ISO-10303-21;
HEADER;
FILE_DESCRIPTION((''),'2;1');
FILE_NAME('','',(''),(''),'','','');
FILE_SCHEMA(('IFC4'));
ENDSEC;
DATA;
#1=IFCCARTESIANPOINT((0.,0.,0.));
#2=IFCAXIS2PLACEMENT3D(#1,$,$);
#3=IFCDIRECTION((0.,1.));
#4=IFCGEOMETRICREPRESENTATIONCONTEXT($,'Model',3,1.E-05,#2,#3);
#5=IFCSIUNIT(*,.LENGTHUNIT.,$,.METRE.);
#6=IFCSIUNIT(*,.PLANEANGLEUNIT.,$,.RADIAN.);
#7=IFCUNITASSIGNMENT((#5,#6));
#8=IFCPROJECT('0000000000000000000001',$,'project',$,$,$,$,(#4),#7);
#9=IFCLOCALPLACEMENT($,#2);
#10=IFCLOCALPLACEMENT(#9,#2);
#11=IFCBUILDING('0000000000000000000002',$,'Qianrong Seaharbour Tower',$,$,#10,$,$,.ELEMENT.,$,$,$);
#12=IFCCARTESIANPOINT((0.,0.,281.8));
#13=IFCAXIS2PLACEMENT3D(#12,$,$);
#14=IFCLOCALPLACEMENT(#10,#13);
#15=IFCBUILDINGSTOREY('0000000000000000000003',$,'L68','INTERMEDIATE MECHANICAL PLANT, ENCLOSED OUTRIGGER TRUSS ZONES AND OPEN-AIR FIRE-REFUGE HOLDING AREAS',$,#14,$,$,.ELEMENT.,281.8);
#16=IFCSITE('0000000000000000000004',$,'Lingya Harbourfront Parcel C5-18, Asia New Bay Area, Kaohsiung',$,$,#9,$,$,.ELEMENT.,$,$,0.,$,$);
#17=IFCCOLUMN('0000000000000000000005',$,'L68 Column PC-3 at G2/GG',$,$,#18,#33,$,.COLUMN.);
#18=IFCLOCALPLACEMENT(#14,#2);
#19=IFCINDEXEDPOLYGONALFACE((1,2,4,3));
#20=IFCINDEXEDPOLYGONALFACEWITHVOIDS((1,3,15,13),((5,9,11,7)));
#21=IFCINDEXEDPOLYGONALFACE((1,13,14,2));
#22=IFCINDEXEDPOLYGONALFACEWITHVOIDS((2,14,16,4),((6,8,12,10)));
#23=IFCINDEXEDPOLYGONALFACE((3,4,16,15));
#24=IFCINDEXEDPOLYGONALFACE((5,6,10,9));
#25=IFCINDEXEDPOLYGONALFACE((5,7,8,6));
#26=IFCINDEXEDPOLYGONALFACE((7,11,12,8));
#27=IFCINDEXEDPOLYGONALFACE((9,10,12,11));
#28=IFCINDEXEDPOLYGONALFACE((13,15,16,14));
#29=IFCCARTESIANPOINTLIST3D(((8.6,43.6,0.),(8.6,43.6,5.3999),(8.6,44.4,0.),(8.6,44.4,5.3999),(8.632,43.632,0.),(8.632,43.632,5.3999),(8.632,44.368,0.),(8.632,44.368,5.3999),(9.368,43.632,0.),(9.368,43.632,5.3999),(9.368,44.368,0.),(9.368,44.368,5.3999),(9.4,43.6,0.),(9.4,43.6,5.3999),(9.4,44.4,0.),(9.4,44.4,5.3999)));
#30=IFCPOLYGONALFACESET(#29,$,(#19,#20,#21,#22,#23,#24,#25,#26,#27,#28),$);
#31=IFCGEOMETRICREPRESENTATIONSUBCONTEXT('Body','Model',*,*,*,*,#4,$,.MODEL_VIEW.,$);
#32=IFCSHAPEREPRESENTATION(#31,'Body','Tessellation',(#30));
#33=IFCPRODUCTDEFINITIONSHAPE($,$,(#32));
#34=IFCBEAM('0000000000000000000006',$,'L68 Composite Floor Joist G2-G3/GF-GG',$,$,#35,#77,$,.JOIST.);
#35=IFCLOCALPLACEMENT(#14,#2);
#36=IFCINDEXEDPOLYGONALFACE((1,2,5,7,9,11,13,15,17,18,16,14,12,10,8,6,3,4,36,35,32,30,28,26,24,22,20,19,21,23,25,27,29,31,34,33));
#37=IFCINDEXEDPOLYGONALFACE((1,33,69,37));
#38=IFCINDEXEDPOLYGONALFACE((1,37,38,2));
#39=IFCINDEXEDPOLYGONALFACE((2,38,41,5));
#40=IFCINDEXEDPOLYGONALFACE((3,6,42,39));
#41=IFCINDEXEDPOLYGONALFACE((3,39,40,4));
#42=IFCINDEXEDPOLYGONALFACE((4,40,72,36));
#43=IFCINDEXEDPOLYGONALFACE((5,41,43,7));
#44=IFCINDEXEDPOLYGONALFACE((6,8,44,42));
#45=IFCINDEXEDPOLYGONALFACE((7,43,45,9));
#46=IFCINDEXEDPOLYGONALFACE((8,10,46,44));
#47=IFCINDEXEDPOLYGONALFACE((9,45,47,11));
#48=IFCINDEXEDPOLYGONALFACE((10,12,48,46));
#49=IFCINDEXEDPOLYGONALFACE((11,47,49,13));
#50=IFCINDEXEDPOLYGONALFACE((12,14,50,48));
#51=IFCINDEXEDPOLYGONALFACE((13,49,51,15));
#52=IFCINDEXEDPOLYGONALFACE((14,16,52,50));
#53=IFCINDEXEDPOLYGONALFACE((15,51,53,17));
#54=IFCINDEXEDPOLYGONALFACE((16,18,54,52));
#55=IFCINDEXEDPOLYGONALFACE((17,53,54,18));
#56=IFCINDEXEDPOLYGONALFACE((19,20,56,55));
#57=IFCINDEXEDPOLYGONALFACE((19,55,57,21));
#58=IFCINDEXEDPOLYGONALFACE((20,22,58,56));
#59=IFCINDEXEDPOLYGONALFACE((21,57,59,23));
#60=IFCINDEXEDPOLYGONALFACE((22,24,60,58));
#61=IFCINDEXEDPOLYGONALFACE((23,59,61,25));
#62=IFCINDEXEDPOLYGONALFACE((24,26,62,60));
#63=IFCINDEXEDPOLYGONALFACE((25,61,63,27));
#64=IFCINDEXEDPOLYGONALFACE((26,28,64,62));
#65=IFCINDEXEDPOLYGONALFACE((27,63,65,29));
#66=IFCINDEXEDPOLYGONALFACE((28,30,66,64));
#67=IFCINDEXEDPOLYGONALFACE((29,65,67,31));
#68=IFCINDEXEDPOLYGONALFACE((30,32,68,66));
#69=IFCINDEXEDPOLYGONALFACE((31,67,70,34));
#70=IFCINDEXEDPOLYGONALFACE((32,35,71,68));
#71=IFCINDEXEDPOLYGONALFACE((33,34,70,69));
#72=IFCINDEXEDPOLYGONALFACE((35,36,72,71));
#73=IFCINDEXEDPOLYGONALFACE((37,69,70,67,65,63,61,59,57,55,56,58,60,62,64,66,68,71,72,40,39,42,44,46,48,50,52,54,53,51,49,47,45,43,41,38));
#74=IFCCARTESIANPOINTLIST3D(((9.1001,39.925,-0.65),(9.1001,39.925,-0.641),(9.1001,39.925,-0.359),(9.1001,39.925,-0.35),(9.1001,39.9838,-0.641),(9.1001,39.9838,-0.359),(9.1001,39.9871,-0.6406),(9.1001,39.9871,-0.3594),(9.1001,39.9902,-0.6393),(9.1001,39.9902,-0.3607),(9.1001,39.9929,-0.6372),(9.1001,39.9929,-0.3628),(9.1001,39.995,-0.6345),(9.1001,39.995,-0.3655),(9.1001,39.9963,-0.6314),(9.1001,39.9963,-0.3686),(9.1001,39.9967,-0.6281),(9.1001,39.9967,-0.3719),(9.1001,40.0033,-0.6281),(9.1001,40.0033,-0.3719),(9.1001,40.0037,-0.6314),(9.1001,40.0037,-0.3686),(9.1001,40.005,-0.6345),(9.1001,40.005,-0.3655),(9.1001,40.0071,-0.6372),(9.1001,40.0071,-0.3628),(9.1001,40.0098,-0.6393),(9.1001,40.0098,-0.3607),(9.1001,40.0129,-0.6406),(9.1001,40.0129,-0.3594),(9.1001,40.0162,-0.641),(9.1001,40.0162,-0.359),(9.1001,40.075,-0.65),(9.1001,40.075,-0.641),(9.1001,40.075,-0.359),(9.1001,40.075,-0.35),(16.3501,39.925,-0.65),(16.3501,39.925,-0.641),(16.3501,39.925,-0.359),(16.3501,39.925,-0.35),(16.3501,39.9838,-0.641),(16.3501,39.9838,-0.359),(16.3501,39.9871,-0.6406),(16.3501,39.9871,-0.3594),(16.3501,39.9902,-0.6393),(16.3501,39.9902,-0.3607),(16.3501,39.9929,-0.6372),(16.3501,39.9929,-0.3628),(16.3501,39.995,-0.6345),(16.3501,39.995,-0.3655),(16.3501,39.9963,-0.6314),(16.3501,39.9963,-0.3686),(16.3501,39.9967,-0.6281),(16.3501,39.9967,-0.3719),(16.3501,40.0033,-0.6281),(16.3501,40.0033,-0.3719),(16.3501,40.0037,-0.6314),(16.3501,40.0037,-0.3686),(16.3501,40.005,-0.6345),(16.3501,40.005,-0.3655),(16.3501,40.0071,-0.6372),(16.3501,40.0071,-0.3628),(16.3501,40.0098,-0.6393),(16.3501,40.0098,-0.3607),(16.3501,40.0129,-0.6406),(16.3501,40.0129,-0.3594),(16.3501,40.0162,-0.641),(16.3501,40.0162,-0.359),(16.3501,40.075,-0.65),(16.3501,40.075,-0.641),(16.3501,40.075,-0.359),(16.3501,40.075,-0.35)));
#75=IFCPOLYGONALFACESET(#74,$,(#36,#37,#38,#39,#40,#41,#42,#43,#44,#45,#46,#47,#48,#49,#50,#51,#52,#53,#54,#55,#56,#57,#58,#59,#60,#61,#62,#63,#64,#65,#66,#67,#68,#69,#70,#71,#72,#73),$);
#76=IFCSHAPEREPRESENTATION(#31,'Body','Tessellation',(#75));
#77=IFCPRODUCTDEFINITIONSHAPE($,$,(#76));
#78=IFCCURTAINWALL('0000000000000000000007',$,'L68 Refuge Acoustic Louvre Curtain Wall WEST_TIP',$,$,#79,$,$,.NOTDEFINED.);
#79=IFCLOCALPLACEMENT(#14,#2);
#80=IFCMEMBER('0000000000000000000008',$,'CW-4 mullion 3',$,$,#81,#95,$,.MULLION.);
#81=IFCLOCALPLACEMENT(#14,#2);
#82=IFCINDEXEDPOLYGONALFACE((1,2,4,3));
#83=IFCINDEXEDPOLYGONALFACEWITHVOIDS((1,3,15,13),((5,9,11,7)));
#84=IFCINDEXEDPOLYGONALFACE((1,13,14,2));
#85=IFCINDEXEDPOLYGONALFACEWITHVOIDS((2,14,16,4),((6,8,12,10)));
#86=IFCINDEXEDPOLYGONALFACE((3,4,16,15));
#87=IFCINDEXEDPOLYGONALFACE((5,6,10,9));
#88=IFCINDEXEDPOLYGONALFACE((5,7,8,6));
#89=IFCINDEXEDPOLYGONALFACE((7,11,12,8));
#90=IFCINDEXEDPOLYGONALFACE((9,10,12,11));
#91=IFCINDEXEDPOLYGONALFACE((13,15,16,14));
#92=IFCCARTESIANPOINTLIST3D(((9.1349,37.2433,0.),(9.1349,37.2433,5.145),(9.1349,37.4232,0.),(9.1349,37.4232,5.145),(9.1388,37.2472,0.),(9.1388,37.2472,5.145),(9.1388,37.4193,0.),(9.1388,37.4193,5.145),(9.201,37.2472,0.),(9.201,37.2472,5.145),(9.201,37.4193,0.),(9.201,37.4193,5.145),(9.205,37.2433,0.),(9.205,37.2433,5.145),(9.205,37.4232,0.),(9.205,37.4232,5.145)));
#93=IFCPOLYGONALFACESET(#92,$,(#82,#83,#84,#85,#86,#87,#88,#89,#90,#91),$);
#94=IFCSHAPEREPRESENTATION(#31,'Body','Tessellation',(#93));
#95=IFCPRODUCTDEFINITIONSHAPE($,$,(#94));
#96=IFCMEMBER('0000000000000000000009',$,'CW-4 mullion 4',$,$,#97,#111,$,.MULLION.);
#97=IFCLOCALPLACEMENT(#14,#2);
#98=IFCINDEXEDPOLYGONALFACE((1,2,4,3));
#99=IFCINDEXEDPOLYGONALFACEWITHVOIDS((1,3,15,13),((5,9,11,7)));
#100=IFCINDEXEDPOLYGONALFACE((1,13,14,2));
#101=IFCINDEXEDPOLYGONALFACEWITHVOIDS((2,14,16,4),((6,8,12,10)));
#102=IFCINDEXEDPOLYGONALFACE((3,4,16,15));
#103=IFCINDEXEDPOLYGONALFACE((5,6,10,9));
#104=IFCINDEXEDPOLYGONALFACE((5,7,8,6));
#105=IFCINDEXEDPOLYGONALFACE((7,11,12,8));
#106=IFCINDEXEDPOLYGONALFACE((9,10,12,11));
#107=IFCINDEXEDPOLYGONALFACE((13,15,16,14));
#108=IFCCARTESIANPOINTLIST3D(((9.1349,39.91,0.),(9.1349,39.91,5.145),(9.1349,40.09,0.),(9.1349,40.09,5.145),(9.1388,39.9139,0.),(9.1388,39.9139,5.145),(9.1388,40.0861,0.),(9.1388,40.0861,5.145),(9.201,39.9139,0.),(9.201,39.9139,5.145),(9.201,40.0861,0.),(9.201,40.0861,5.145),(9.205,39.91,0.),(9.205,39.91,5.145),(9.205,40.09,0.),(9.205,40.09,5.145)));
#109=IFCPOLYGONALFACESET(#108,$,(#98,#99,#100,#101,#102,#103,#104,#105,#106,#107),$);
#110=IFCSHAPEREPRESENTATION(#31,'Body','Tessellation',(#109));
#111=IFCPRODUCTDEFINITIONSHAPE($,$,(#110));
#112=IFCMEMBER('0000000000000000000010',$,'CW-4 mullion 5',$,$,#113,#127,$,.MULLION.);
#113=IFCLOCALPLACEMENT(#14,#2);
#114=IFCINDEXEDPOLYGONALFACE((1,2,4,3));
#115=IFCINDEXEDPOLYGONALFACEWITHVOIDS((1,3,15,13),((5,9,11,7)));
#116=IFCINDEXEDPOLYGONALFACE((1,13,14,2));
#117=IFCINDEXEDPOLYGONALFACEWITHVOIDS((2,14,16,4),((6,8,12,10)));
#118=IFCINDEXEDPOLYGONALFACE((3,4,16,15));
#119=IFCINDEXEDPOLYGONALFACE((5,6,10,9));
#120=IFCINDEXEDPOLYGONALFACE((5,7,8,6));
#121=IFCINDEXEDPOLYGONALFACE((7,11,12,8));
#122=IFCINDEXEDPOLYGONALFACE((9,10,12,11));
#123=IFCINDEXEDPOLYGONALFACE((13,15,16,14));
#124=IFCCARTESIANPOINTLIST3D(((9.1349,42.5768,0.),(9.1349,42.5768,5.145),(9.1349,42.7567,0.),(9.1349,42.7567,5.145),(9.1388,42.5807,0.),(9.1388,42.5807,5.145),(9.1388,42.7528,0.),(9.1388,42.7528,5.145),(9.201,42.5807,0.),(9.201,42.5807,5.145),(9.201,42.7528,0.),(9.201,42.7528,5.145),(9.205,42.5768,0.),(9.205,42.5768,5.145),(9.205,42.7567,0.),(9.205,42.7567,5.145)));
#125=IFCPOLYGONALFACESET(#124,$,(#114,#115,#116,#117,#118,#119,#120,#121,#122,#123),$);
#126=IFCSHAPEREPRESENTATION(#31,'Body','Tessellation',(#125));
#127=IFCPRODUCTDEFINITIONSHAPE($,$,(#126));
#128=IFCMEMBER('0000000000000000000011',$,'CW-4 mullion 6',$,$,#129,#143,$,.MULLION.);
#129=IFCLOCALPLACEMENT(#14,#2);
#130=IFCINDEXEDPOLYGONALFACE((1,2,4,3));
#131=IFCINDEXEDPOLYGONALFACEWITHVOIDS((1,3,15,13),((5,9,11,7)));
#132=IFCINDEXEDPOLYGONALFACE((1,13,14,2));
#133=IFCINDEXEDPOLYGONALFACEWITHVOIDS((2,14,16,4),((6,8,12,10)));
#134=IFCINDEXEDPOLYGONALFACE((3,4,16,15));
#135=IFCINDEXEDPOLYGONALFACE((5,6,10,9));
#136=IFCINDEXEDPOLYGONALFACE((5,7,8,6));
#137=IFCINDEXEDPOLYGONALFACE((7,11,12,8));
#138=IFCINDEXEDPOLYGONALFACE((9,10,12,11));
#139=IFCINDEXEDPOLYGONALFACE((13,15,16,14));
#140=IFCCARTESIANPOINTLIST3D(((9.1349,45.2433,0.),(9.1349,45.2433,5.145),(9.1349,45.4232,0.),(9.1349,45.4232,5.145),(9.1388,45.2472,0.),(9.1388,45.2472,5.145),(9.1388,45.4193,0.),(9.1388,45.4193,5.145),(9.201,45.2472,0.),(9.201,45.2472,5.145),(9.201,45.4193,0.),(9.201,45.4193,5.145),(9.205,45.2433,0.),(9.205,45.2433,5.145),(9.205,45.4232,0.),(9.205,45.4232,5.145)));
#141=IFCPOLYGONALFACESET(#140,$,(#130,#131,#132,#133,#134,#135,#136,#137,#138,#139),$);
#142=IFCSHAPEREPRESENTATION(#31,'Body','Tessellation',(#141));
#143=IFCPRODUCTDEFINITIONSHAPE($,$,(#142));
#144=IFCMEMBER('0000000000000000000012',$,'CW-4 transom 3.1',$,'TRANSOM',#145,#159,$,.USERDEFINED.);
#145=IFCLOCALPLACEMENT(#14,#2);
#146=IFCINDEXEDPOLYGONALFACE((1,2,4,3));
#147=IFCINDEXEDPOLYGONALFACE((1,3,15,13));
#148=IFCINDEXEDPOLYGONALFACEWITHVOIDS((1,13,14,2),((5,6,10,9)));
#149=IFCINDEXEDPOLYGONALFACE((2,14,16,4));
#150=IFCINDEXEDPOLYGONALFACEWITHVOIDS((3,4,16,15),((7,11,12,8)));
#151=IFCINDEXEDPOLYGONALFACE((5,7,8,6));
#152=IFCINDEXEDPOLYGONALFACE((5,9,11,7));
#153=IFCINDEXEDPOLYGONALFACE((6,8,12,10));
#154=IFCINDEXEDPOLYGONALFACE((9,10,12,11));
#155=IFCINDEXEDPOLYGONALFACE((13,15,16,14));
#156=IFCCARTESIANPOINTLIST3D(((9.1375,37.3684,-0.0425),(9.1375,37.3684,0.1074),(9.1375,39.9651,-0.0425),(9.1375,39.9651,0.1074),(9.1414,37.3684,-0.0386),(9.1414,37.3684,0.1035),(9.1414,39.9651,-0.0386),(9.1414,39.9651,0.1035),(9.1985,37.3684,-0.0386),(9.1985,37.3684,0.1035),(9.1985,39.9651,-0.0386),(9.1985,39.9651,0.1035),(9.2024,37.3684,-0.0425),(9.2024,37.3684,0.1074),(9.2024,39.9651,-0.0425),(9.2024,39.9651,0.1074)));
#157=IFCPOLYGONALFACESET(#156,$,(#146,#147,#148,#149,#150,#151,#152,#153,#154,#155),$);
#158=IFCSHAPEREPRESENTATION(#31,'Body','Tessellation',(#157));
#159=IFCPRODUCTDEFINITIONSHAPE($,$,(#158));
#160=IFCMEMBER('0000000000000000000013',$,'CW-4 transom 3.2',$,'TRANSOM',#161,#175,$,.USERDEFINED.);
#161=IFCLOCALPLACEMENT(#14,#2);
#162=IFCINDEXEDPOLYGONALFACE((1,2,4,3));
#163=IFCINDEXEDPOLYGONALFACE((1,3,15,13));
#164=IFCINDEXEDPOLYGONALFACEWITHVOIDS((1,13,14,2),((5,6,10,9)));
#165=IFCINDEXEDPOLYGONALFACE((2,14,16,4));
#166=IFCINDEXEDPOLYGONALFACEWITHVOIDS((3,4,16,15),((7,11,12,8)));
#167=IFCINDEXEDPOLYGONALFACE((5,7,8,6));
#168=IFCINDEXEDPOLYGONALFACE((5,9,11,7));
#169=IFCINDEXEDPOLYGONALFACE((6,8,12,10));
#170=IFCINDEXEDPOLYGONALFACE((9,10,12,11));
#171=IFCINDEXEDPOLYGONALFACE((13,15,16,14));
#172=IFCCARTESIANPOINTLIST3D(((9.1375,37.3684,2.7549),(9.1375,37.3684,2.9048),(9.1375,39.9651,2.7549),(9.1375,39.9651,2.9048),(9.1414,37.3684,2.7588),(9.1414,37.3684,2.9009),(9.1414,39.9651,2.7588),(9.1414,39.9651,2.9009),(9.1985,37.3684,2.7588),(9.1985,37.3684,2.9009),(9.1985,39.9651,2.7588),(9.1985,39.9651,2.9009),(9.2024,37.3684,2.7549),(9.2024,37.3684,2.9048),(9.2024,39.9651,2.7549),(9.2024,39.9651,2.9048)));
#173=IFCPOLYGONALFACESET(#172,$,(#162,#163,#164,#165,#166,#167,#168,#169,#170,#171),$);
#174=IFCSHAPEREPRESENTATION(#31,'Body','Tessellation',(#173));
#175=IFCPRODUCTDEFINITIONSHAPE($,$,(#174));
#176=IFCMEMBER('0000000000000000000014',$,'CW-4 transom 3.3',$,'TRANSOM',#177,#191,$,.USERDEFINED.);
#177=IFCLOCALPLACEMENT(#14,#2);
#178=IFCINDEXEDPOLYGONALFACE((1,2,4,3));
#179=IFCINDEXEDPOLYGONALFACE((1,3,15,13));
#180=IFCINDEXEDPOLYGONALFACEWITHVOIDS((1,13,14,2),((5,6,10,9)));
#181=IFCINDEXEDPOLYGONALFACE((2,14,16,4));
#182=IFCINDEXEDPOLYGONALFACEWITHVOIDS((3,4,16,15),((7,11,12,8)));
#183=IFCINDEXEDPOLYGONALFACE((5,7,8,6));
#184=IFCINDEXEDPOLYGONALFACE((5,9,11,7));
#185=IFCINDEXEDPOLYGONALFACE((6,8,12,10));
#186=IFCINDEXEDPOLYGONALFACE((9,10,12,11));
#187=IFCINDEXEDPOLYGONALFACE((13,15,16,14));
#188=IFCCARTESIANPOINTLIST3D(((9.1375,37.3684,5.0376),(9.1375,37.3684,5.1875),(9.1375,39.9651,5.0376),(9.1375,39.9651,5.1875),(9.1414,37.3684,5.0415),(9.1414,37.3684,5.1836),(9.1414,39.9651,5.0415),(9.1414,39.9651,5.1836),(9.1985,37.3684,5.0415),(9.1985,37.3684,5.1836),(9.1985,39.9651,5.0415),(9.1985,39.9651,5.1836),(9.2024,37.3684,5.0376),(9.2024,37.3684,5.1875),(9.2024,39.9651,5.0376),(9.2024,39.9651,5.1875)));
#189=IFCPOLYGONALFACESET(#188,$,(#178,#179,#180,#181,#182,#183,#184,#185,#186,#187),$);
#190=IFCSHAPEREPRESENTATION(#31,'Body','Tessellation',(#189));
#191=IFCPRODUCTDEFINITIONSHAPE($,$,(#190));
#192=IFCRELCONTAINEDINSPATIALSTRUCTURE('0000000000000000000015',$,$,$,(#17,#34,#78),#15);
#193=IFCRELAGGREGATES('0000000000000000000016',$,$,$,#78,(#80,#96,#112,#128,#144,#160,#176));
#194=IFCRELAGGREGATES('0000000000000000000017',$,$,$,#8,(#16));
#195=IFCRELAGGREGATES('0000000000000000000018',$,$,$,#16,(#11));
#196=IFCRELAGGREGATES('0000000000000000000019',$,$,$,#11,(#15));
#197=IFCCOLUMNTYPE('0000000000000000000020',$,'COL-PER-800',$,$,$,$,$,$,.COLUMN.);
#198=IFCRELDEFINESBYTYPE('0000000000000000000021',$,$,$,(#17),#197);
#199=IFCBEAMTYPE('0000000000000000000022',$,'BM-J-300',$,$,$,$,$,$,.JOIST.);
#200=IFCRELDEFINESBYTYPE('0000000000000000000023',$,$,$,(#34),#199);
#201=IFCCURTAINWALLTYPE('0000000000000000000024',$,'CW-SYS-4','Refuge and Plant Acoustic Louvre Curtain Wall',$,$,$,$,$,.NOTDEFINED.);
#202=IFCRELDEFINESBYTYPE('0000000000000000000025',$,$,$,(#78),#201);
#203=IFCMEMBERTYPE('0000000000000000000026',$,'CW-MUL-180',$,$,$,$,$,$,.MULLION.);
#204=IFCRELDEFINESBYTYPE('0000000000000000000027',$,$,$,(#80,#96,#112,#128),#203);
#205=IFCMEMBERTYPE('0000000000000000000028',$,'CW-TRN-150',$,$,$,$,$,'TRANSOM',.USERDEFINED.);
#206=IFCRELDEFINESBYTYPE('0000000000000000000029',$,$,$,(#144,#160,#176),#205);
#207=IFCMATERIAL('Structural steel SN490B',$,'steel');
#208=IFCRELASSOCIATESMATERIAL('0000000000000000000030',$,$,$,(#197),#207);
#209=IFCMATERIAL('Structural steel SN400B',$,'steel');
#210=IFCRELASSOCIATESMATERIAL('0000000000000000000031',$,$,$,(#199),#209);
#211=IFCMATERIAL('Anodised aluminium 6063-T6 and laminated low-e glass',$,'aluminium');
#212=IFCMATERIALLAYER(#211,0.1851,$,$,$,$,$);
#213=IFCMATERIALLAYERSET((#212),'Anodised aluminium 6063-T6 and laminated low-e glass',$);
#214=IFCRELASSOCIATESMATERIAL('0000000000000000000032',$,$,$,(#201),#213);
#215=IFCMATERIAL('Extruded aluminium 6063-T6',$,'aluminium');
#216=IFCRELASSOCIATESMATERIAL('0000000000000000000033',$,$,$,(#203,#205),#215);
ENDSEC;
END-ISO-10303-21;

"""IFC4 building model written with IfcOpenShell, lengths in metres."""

from ifc_helpers import new_model, si_unit, direction, frame, origin, origin_2d, place, context, subcontext, project, spatial, hollow_rectangle, i_section, extrude, material, layer, layer_set, material_profile, profile_set, type_object, element, aggregate, save


model = new_model("IFC4")

# Units and contexts
model_context = context("Model", 3, precision=1e-05, world=origin(), true_north=direction((0.0, 1.0)))
body_context = subcontext(model_context, "Body", "Model", "MODEL_VIEW")
ifc_project = project(units=[si_unit("LENGTHUNIT", "METRE"), si_unit("PLANEANGLEUNIT", "RADIAN")], contexts=[model_context])

# Site, building, storey
site_placement = place(None, origin())
site = spatial("IfcSite", under=ifc_project, at=site_placement, Name="Lingya Harbourfront Parcel C5-18, Asia New Bay Area, Kaohsiung", CompositionType="ELEMENT", RefElevation=0.0)
building_placement = place(site_placement, origin())
building = spatial("IfcBuilding", under=site, at=building_placement, Name="Qianrong Seaharbour Tower", CompositionType="ELEMENT")
storey_placement = place(building_placement, frame((0.0, 0.0, 281.8)))
storey = spatial("IfcBuildingStorey", under=building, at=storey_placement, Name="L68", Description="INTERMEDIATE MECHANICAL PLANT, ENCLOSED OUTRIGGER TRUSS ZONES AND OPEN-AIR FIRE-REFUGE HOLDING AREAS", CompositionType="ELEMENT", Elevation=281.8)

# Column
ifc_material_1 = material(Name="Structural steel SN490B", Category="steel")
ifc_material_profile_1 = material_profile(ifc_material_1, hollow_rectangle(XDim=0.8, YDim=0.8, WallThickness=0.032, at=origin_2d()), Name="BOX800x800x32")
ifc_profile_set_1 = profile_set([ifc_material_profile_1], Name="Structural steel SN490B")
column_type = type_object("IfcColumnType", Name="COL-PER-800", PredefinedType="COLUMN", material=ifc_profile_set_1)
column_placement = place(storey_placement, frame((9.0, 44.0, 0.0), z_axis=(0.0, 0.0, 1.0), x_axis=(1.0, 0.0, 0.0)))
element("IfcColumn", 1, at=column_placement, inside=storey, type_object=column_type, Name="L68 Column PC-3 at G2/GG", PredefinedType="COLUMN", context=body_context, shape_type="SweptSolid", body=[
    extrude(hollow_rectangle(XDim=0.8, YDim=0.8, WallThickness=0.032, at=origin_2d()), origin(), (0.0, 0.0, 1.0), 5.3999),
])

# Beam
ifc_material_2 = material(Name="Structural steel SN400B", Category="steel")
ifc_material_profile_2 = material_profile(ifc_material_2, i_section(OverallWidth=0.1499, OverallDepth=0.3, WebThickness=0.0066, FlangeThickness=0.009, FilletRadius=0.0129, at=origin_2d()), Name="H300x150x6.5x9")
ifc_profile_set_2 = profile_set([ifc_material_profile_2], Name="Structural steel SN400B")
beam_type = type_object("IfcBeamType", Name="BM-J-300", PredefinedType="JOIST", material=ifc_profile_set_2)
beam_placement = place(storey_placement, frame((9.1001, 40.0, -0.5), z_axis=(1.0, 0.0, 0.0), x_axis=(0.0, 1.0, 0.0)))
element("IfcBeam", 2, at=beam_placement, inside=storey, type_object=beam_type, Name="L68 Composite Floor Joist G2-G3/GF-GG", PredefinedType="JOIST", context=body_context, shape_type="SweptSolid", body=[
    extrude(i_section(OverallWidth=0.1499, OverallDepth=0.3, WebThickness=0.0066, FlangeThickness=0.009, FilletRadius=0.0129, at=origin_2d()), origin(), (0.0, 0.0, 1.0), 7.25),
])

# Curtain wall, members
ifc_material_3 = material(Name="Anodised aluminium 6063-T6 and laminated low-e glass", Category="aluminium")
ifc_layer_1 = layer(ifc_material_3, 0.1851)
ifc_layer_set_1 = layer_set([ifc_layer_1], Name="Anodised aluminium 6063-T6 and laminated low-e glass")
curtain_wall_type = type_object("IfcCurtainWallType", Name="CW-SYS-4", Description="Refuge and Plant Acoustic Louvre Curtain Wall", PredefinedType="NOTDEFINED", material=ifc_layer_set_1)
curtain_wall_placement = place(storey_placement, origin())
curtain_wall = element("IfcCurtainWall", 3, at=curtain_wall_placement, inside=storey, type_object=curtain_wall_type, Name="L68 Refuge Acoustic Louvre Curtain Wall WEST_TIP", PredefinedType="NOTDEFINED")
ifc_material_4 = material(Name="Extruded aluminium 6063-T6", Category="aluminium")
ifc_material_profile_3 = material_profile(ifc_material_4, hollow_rectangle(XDim=0.0701, YDim=0.1799, WallThickness=0.0039, at=origin_2d()), Name="ALU-MUL-180x70x4")
ifc_profile_set_3 = profile_set([ifc_material_profile_3], Name="Extruded aluminium 6063-T6")
member_type_1 = type_object("IfcMemberType", Name="CW-MUL-180", PredefinedType="MULLION", material=ifc_profile_set_3)
member_1_placement = place(storey_placement, frame((9.1699, 37.3333, 0.0), z_axis=(0.0, 0.0, 1.0), x_axis=(-1.0, 0.0, 0.0)))
member_1 = element("IfcMember", 4, at=member_1_placement, type_object=member_type_1, Name="CW-4 mullion 3", PredefinedType="MULLION", context=body_context, shape_type="SweptSolid", body=[
    extrude(hollow_rectangle(XDim=0.0701, YDim=0.1799, WallThickness=0.0039, at=origin_2d()), origin(), (0.0, 0.0, 1.0), 5.145),
])
member_2_placement = place(storey_placement, frame((9.1699, 40.0, 0.0), z_axis=(0.0, 0.0, 1.0), x_axis=(-1.0, 0.0, 0.0)))
member_2 = element("IfcMember", 5, at=member_2_placement, type_object=member_type_1, Name="CW-4 mullion 4", PredefinedType="MULLION", context=body_context, shape_type="SweptSolid", body=[
    extrude(hollow_rectangle(XDim=0.0701, YDim=0.1799, WallThickness=0.0039, at=origin_2d()), origin(), (0.0, 0.0, 1.0), 5.145),
])
member_3_placement = place(storey_placement, frame((9.1699, 42.6667, 0.0), z_axis=(0.0, 0.0, 1.0), x_axis=(-1.0, 0.0, 0.0)))
member_3 = element("IfcMember", 6, at=member_3_placement, type_object=member_type_1, Name="CW-4 mullion 5", PredefinedType="MULLION", context=body_context, shape_type="SweptSolid", body=[
    extrude(hollow_rectangle(XDim=0.0701, YDim=0.1799, WallThickness=0.0039, at=origin_2d()), origin(), (0.0, 0.0, 1.0), 5.145),
])
member_4_placement = place(storey_placement, frame((9.1699, 45.3333, 0.0), z_axis=(0.0, 0.0, 1.0), x_axis=(-1.0, 0.0, 0.0)))
member_4 = element("IfcMember", 7, at=member_4_placement, type_object=member_type_1, Name="CW-4 mullion 6", PredefinedType="MULLION", context=body_context, shape_type="SweptSolid", body=[
    extrude(hollow_rectangle(XDim=0.0701, YDim=0.1799, WallThickness=0.0039, at=origin_2d()), origin(), (0.0, 0.0, 1.0), 5.145),
])
ifc_material_profile_4 = material_profile(ifc_material_4, hollow_rectangle(XDim=0.0649, YDim=0.1499, WallThickness=0.0039, at=origin_2d()), Name="ALU-TRN-150x65x4")
ifc_profile_set_4 = profile_set([ifc_material_profile_4], Name="Extruded aluminium 6063-T6")
member_type_2 = type_object("IfcMemberType", Name="CW-TRN-150", ElementType="TRANSOM", PredefinedType="USERDEFINED", material=ifc_profile_set_4)
member_5_placement = place(storey_placement, frame((9.1699, 37.3684, 0.0325), z_axis=(0.0, 1.0, 0.0), x_axis=(-1.0, 0.0, 0.0)))
member_5 = element("IfcMember", 8, at=member_5_placement, type_object=member_type_2, Name="CW-4 transom 3.1", ObjectType="TRANSOM", PredefinedType="USERDEFINED", context=body_context, shape_type="SweptSolid", body=[
    extrude(hollow_rectangle(XDim=0.0649, YDim=0.1499, WallThickness=0.0039, at=origin_2d()), origin(), (0.0, 0.0, 1.0), 2.5967),
])
member_6_placement = place(storey_placement, frame((9.1699, 37.3684, 2.8298), z_axis=(0.0, 1.0, 0.0), x_axis=(-1.0, 0.0, 0.0)))
member_6 = element("IfcMember", 9, at=member_6_placement, type_object=member_type_2, Name="CW-4 transom 3.2", ObjectType="TRANSOM", PredefinedType="USERDEFINED", context=body_context, shape_type="SweptSolid", body=[
    extrude(hollow_rectangle(XDim=0.0649, YDim=0.1499, WallThickness=0.0039, at=origin_2d()), origin(), (0.0, 0.0, 1.0), 2.5967),
])
member_7_placement = place(storey_placement, frame((9.1699, 37.3684, 5.1125), z_axis=(0.0, 1.0, 0.0), x_axis=(-1.0, 0.0, 0.0)))
member_7 = element("IfcMember", 10, at=member_7_placement, type_object=member_type_2, Name="CW-4 transom 3.3", ObjectType="TRANSOM", PredefinedType="USERDEFINED", context=body_context, shape_type="SweptSolid", body=[
    extrude(hollow_rectangle(XDim=0.0649, YDim=0.1499, WallThickness=0.0039, at=origin_2d()), origin(), (0.0, 0.0, 1.0), 2.5967),
])
aggregate(curtain_wall, [member_1, member_2, member_3, member_4, member_5, member_6, member_7])

save(model, "model.ifc")
